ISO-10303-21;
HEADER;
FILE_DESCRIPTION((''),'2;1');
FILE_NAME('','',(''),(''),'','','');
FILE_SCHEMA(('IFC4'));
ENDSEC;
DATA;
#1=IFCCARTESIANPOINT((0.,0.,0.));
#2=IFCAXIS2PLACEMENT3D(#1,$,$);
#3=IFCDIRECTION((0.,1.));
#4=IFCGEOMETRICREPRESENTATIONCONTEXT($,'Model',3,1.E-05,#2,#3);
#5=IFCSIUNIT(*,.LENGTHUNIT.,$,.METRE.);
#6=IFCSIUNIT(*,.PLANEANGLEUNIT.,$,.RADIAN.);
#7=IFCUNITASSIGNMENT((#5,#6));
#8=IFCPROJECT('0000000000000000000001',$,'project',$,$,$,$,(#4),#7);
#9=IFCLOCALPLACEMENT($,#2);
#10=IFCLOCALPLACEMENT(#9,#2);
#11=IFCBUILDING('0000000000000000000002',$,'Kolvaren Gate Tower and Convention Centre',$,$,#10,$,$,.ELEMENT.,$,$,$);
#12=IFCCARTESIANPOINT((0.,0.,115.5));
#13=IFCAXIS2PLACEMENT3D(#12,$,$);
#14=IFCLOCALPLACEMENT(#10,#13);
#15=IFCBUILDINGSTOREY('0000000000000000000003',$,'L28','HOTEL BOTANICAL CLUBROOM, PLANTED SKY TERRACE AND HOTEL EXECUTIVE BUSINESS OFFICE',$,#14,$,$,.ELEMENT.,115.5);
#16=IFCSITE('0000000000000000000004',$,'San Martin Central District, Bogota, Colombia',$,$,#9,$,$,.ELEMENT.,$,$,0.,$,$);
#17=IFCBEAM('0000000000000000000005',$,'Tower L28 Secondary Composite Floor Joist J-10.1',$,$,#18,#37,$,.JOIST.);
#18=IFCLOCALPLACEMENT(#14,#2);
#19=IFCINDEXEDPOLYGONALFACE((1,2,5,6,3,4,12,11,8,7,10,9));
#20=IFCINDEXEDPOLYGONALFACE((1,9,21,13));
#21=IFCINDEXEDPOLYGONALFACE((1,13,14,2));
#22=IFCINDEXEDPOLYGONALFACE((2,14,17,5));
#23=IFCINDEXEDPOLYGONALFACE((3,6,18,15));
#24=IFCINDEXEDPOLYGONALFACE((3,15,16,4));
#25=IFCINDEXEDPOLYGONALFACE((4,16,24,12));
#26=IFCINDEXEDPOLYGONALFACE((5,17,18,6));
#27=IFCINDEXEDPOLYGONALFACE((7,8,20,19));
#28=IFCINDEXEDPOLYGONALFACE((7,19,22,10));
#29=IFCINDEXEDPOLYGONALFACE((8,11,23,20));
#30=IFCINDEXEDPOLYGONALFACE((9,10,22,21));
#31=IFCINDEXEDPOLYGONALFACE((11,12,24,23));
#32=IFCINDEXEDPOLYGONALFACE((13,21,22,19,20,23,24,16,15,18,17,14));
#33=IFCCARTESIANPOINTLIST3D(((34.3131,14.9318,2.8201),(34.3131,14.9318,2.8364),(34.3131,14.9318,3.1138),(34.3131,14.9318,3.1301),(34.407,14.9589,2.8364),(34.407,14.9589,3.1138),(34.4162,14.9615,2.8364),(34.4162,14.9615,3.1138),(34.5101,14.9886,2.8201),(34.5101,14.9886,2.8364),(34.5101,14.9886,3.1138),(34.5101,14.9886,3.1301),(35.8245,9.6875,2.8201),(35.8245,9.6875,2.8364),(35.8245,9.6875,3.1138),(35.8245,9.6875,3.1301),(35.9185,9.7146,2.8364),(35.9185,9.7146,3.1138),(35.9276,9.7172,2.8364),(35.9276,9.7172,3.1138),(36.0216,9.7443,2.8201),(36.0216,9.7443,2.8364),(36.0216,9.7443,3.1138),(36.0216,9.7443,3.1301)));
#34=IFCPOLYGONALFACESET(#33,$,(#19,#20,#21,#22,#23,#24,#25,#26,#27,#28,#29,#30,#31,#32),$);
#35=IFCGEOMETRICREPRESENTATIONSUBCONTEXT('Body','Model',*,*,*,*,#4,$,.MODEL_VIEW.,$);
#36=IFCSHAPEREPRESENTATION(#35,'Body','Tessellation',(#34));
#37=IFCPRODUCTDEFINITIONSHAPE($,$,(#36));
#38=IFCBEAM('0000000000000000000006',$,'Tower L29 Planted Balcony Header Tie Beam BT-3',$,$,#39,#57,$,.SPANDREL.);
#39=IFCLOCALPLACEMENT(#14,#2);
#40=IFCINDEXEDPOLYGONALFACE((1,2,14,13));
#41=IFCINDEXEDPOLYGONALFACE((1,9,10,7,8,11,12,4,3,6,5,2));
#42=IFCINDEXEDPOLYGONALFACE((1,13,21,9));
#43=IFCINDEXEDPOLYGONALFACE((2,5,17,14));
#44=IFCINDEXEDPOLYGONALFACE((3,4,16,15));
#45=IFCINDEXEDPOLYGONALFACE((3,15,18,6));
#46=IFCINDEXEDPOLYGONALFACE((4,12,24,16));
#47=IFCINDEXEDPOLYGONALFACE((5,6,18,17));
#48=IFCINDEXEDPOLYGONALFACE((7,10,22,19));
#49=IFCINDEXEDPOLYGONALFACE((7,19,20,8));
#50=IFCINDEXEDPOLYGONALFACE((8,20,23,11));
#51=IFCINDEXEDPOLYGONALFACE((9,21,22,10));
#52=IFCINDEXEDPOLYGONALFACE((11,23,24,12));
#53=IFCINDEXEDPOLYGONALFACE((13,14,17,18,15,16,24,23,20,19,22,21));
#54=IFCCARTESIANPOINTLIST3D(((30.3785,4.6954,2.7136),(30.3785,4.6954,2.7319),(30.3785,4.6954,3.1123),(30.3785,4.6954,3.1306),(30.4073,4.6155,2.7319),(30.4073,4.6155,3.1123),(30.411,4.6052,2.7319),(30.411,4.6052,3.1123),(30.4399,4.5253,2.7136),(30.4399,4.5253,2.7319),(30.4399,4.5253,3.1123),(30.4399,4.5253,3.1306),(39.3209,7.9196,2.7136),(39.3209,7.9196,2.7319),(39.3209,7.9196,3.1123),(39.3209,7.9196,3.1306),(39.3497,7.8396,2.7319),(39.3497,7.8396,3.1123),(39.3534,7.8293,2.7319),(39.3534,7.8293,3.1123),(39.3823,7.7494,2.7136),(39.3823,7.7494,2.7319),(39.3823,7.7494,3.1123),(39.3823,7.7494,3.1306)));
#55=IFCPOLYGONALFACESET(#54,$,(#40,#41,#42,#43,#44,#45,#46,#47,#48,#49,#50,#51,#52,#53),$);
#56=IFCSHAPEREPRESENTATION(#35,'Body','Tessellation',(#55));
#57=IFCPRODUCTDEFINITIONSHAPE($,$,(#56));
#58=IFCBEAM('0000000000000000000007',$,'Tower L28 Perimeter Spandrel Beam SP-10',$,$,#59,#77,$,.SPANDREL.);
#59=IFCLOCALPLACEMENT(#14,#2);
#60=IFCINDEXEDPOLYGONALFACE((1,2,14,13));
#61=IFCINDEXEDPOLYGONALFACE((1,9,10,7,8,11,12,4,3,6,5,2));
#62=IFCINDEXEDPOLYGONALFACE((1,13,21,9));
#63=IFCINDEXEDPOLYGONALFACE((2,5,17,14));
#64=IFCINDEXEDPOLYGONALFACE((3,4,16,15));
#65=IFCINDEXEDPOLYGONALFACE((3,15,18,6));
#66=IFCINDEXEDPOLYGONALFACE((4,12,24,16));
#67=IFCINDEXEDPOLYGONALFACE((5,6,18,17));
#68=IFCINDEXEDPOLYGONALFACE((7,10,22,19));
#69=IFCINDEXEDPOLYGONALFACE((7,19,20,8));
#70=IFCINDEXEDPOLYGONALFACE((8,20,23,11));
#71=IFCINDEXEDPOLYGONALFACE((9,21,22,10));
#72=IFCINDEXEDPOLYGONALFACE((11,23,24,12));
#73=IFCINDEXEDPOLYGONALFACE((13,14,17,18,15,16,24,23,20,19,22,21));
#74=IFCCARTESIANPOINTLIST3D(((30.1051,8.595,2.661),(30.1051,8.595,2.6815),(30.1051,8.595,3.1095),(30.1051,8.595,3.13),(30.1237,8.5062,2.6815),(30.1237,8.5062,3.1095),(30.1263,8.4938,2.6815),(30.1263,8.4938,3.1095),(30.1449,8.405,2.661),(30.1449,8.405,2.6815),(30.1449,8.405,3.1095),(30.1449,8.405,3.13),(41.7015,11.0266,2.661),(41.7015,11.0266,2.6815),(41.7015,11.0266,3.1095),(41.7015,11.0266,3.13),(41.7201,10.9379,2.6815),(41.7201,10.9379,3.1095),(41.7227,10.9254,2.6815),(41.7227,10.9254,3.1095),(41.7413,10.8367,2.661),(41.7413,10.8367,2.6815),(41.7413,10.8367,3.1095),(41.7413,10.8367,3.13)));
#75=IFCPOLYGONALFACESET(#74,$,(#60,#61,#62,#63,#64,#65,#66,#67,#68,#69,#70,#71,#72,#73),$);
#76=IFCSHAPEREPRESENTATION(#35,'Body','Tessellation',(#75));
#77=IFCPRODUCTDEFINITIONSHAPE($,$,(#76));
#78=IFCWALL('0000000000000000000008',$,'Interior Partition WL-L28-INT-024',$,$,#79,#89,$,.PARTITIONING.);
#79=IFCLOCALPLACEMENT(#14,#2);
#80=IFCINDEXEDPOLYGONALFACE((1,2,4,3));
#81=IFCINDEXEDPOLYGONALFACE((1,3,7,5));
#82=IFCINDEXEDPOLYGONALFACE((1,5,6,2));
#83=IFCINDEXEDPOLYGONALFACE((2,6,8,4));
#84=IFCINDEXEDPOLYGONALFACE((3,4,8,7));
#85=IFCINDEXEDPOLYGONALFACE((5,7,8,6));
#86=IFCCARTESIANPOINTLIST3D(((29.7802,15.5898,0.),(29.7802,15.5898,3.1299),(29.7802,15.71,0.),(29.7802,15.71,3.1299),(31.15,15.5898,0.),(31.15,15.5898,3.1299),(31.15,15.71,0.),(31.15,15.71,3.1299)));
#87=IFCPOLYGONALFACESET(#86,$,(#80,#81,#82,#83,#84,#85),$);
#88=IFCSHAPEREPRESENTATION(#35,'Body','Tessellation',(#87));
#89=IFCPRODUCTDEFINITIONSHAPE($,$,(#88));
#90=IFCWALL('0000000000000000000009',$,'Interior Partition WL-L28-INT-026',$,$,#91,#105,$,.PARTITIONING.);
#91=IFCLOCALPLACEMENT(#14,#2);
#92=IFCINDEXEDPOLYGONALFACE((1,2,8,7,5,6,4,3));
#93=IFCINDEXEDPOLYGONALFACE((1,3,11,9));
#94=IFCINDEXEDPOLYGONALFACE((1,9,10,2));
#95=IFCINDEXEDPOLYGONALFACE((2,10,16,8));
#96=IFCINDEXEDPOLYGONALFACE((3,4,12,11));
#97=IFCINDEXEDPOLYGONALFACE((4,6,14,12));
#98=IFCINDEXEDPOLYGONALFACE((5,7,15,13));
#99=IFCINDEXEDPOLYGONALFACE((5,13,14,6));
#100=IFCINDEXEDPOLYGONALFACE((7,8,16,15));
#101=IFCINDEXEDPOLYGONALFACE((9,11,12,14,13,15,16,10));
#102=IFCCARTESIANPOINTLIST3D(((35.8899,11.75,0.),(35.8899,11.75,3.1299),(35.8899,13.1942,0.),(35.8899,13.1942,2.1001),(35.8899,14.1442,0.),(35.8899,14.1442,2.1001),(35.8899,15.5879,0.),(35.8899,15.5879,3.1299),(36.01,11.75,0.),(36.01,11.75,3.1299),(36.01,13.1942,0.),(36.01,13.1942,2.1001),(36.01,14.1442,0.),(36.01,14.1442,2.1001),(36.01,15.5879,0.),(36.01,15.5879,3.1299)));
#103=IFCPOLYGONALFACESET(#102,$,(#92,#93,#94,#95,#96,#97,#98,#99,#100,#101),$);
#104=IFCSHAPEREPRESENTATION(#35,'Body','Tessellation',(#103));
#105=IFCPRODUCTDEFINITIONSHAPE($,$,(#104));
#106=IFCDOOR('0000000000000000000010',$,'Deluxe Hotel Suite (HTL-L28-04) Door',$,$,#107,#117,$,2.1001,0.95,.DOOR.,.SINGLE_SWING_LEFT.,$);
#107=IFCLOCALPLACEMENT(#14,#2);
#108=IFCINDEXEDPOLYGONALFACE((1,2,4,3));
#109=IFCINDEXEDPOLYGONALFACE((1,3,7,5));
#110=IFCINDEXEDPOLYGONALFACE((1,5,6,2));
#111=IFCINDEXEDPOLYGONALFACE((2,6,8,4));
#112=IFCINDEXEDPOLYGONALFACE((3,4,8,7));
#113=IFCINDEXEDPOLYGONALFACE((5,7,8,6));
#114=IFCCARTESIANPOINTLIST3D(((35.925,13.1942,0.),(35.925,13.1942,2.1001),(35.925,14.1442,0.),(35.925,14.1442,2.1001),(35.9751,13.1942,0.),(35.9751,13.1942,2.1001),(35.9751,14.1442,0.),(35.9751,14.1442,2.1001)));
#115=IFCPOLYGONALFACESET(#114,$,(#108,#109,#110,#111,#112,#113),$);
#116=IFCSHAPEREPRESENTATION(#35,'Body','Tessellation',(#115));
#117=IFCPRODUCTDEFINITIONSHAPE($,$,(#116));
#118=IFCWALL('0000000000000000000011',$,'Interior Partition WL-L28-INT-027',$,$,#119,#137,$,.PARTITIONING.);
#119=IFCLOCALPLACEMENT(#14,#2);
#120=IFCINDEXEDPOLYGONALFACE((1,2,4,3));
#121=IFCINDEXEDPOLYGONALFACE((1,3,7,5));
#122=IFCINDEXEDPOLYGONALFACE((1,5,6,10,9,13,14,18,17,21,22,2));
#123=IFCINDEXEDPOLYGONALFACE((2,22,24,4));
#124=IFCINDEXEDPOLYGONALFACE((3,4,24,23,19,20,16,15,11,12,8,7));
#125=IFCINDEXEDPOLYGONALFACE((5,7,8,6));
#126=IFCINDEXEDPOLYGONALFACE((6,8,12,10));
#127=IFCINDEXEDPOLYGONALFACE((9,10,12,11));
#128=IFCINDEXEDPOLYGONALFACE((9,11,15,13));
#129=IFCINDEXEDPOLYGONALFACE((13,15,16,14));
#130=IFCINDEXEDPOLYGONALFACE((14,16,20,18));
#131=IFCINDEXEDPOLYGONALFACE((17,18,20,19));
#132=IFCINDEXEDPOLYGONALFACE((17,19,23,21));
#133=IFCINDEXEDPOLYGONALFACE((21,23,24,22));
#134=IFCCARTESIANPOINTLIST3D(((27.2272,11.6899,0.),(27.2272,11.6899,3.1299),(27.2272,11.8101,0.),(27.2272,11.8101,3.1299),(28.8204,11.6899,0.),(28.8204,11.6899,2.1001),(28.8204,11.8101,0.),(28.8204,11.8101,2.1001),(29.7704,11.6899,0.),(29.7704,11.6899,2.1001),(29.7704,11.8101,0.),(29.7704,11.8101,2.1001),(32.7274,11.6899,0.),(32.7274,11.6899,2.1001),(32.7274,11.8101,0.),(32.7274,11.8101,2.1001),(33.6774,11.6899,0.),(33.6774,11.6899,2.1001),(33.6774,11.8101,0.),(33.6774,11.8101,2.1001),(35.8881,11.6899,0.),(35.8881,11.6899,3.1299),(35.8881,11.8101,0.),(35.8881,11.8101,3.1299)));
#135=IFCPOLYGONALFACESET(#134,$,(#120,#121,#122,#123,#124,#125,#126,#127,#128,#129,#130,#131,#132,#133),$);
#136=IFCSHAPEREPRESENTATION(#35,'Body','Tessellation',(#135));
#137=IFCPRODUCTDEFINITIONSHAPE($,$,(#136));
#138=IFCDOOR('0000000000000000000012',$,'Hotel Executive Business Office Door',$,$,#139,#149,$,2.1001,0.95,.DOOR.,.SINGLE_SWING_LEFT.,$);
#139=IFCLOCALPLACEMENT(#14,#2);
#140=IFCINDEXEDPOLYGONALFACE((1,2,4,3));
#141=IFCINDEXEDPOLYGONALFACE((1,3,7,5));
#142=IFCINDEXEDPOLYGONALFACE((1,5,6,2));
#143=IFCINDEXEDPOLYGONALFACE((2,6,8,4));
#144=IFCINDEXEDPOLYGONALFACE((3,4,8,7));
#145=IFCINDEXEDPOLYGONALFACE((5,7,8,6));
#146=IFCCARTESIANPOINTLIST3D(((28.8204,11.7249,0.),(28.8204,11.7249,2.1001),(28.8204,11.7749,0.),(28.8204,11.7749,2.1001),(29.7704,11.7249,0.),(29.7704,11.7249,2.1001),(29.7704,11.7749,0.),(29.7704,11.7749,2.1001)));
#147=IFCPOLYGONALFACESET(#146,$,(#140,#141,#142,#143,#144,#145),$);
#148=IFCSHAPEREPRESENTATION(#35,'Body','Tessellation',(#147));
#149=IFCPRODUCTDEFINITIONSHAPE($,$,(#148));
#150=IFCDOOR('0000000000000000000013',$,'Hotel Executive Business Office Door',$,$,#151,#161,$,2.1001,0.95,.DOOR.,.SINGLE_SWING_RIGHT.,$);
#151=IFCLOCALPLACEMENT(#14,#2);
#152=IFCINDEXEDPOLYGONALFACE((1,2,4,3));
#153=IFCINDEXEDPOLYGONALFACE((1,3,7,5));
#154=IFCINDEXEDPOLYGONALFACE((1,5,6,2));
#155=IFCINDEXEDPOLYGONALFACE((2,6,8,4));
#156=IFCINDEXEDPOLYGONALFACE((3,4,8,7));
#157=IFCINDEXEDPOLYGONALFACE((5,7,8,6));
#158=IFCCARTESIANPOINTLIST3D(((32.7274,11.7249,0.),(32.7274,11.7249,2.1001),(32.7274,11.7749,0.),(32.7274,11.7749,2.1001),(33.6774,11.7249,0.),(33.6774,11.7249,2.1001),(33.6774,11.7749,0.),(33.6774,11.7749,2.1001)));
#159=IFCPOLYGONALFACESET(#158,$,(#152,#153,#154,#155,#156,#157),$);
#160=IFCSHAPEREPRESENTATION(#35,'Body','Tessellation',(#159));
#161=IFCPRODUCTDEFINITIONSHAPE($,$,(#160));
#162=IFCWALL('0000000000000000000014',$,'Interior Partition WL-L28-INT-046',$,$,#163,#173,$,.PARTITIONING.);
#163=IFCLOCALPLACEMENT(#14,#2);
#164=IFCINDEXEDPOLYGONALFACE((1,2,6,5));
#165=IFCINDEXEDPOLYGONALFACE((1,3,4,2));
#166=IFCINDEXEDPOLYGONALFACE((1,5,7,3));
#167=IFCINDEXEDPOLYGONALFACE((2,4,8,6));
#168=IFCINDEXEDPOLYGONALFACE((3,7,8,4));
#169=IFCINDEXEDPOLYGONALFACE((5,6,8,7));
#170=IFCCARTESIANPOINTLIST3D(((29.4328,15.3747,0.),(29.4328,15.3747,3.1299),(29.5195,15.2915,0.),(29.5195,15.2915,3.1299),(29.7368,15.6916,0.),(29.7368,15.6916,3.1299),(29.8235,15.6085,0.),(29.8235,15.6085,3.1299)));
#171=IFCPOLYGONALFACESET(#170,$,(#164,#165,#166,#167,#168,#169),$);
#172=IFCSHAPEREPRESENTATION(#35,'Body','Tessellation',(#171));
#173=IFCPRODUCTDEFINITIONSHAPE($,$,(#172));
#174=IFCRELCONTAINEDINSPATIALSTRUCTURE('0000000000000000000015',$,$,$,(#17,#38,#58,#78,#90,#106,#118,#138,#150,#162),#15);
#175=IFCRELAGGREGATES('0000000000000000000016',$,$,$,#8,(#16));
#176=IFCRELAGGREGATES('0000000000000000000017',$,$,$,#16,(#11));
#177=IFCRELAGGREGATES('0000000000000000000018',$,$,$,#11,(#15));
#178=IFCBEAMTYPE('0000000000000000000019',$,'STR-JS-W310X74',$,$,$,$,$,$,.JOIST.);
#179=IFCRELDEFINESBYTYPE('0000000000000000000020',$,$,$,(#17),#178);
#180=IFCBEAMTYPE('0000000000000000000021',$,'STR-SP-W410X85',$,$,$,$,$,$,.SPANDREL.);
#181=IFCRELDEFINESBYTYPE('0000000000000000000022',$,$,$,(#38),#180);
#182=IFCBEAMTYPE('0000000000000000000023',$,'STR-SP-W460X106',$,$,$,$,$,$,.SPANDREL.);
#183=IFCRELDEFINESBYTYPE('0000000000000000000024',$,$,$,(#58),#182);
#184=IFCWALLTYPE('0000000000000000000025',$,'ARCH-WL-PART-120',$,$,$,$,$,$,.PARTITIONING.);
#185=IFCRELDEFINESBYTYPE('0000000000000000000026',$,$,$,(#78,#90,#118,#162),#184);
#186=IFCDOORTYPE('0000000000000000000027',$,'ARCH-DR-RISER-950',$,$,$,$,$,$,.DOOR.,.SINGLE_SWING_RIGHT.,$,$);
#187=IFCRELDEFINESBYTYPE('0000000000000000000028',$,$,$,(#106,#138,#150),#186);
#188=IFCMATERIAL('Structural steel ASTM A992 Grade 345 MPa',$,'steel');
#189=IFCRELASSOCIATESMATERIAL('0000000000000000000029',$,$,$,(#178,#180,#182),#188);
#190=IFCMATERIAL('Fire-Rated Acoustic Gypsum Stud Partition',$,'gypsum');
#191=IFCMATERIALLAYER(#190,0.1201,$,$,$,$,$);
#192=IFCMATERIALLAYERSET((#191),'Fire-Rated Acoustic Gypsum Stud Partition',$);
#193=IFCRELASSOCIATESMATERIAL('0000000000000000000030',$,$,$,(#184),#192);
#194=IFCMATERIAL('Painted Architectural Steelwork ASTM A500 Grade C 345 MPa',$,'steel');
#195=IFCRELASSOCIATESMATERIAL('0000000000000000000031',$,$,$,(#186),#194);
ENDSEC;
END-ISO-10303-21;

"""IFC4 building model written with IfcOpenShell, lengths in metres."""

from ifc_helpers import new_model, si_unit, direction, frame, frame_2d, origin, origin_2d, place, context, subcontext, project, spatial, rectangle, i_section, extrude, material, layer, layer_set, material_profile, profile_set, type_object, element, fill, save


model = new_model("IFC4")

# Units and contexts
model_context = context("Model", 3, precision=1e-05, world=origin(), true_north=direction((0.0, 1.0)))
body_context = subcontext(model_context, "Body", "Model", "MODEL_VIEW")
ifc_project = project(units=[si_unit("LENGTHUNIT", "METRE"), si_unit("PLANEANGLEUNIT", "RADIAN")], contexts=[model_context])

# Site, building, storey
site_placement = place(None, origin())
site = spatial("IfcSite", under=ifc_project, at=site_placement, Name="San Martin Central District, Bogota, Colombia", CompositionType="ELEMENT", RefElevation=0.0)
building_placement = place(site_placement, origin())
building = spatial("IfcBuilding", under=site, at=building_placement, Name="Kolvaren Gate Tower and Convention Centre", CompositionType="ELEMENT")
storey_placement = place(building_placement, frame((0.0, 0.0, 115.5)))
storey = spatial("IfcBuildingStorey", under=building, at=storey_placement, Name="L28", Description="HOTEL BOTANICAL CLUBROOM, PLANTED SKY TERRACE AND HOTEL EXECUTIVE BUSINESS OFFICE", CompositionType="ELEMENT", Elevation=115.5)

# Beams
ifc_material_1 = material(Name="Structural steel ASTM A992 Grade 345 MPa", Category="steel")
ifc_material_profile_1 = material_profile(ifc_material_1, i_section(OverallWidth=0.2051, OverallDepth=0.3101, WebThickness=0.0095, FlangeThickness=0.0164, at=origin_2d()), Name="W310X74")
ifc_profile_set_1 = profile_set([ifc_material_profile_1], Name="Structural steel ASTM A992 Grade 345 MPa")
beam_type_1 = type_object("IfcBeamType", Name="STR-JS-W310X74", PredefinedType="JOIST", material=ifc_profile_set_1)
beam_1_placement = place(storey_placement, frame((34.4116, 14.9602, 2.9751), z_axis=(0.276936, -0.960888, 0.0), x_axis=(0.960888, 0.276936, 0.0)))
element("IfcBeam", 1, at=beam_1_placement, inside=storey, type_object=beam_type_1, Name="Tower L28 Secondary Composite Floor Joist J-10.1", PredefinedType="JOIST", context=body_context, shape_type="SweptSolid", body=[
    extrude(i_section(OverallWidth=0.2051, OverallDepth=0.3101, WebThickness=0.0095, FlangeThickness=0.0164, at=origin_2d()), origin(), (0.0, 0.0, 1.0), 5.4578),
])
ifc_material_profile_2 = material_profile(ifc_material_1, i_section(OverallWidth=0.1809, OverallDepth=0.417, WebThickness=0.011, FlangeThickness=0.0183, at=origin_2d()), Name="W410X85")
ifc_profile_set_2 = profile_set([ifc_material_profile_2], Name="Structural steel ASTM A992 Grade 345 MPa")
beam_type_2 = type_object("IfcBeamType", Name="STR-SP-W410X85", PredefinedType="SPANDREL", material=ifc_profile_set_2)
beam_2_placement = place(storey_placement, frame((30.4092, 4.6104, 2.9221), z_axis=(0.940724, 0.339172, 0.0), x_axis=(-0.339172, 0.940724, 0.0)))
element("IfcBeam", 2, at=beam_2_placement, inside=storey, type_object=beam_type_2, Name="Tower L29 Planted Balcony Header Tie Beam BT-3", PredefinedType="SPANDREL", context=body_context, shape_type="SweptSolid", body=[
    extrude(i_section(OverallWidth=0.1809, OverallDepth=0.417, WebThickness=0.011, FlangeThickness=0.0183, at=origin_2d()), origin(), (0.0, 0.0, 1.0), 9.5059),
])
ifc_material_profile_3 = material_profile(ifc_material_1, i_section(OverallWidth=0.1941, OverallDepth=0.469, WebThickness=0.0127, FlangeThickness=0.0205, at=origin_2d()), Name="W460X106")
ifc_profile_set_3 = profile_set([ifc_material_profile_3], Name="Structural steel ASTM A992 Grade 345 MPa")
beam_type_3 = type_object("IfcBeamType", Name="STR-SP-W460X106", PredefinedType="SPANDREL", material=ifc_profile_set_3)
beam_3_placement = place(storey_placement, frame((30.125, 8.5, 2.8955), z_axis=(0.978715, 0.205225, 0.0), x_axis=(-0.205225, 0.978715, 0.0)))
element("IfcBeam", 3, at=beam_3_placement, inside=storey, type_object=beam_type_3, Name="Tower L28 Perimeter Spandrel Beam SP-10", PredefinedType="SPANDREL", context=body_context, shape_type="SweptSolid", body=[
    extrude(i_section(OverallWidth=0.1941, OverallDepth=0.469, WebThickness=0.0127, FlangeThickness=0.0205, at=origin_2d()), origin(), (0.0, 0.0, 1.0), 11.8486),
])

# Wall
ifc_material_2 = material(Name="Fire-Rated Acoustic Gypsum Stud Partition", Category="gypsum")
ifc_layer_1 = layer(ifc_material_2, 0.1201)
ifc_layer_set_1 = layer_set([ifc_layer_1], Name="Fire-Rated Acoustic Gypsum Stud Partition")
wall_type_1 = type_object("IfcWallType", Name="ARCH-WL-PART-120", PredefinedType="PARTITIONING", material=ifc_layer_set_1)
wall_1_placement = place(storey_placement, frame((29.78, 15.6499, 0.0), z_axis=(0.0, 0.0, 1.0), x_axis=(1.0, 0.0, 0.0)))
element("IfcWall", 4, at=wall_1_placement, inside=storey, type_object=wall_type_1, Name="Interior Partition WL-L28-INT-024", PredefinedType="PARTITIONING", context=body_context, shape_type="SweptSolid", body=[
    extrude(rectangle(XDim=1.3699, YDim=0.1201, at=frame_2d((0.6851, 0.0))), origin(), (0.0, 0.0, 1.0), 3.1299),
])

# Wall, opening, door
wall_2_placement = place(storey_placement, frame((35.95, 11.75, 0.0), z_axis=(0.0, 0.0, 1.0), x_axis=(0.0, 1.0, 0.0)))
wall_2 = element("IfcWall", 5, at=wall_2_placement, inside=storey, type_object=wall_type_1, Name="Interior Partition WL-L28-INT-026", PredefinedType="PARTITIONING", context=body_context, shape_type="SweptSolid", body=[
    extrude(rectangle(XDim=3.8379, YDim=0.1201, at=frame_2d((1.9189, 0.0))), origin(), (0.0, 0.0, 1.0), 3.1299),
])
opening_1_placement = place(wall_2_placement, frame((1.4441, 0.0, 0.0)))
opening_1 = element("IfcOpeningElement", 6, at=opening_1_placement, cuts=wall_2, PredefinedType="OPENING", context=body_context, shape_type="SweptSolid", body=[
    extrude(rectangle(XDim=0.95, YDim=2.1001, at=frame_2d((0.4751, 1.05))), frame((0.0, 0.0701, 0.0), z_axis=(0.0, -1.0, 0.0), x_axis=(1.0, 0.0, 0.0)), (0.0, 0.0, 1.0), 0.1401),
])
ifc_material_3 = material(Name="Painted Architectural Steelwork ASTM A500 Grade C 345 MPa", Category="steel")
door_type = type_object("IfcDoorType", Name="ARCH-DR-RISER-950", OperationType="SINGLE_SWING_RIGHT", PredefinedType="DOOR", material=ifc_material_3)
door_1_placement = place(opening_1_placement, origin())
door_1 = element("IfcDoor", 7, at=door_1_placement, inside=storey, type_object=door_type, Name="Deluxe Hotel Suite (HTL-L28-04) Door", OperationType="SINGLE_SWING_LEFT", OverallHeight=2.1001, OverallWidth=0.95, PredefinedType="DOOR", context=body_context, shape_type="SweptSolid", body=[
    extrude(rectangle(XDim=0.95, YDim=2.1001, at=frame_2d((0.4751, 1.05))), frame((0.0, 0.0249, 0.0), z_axis=(0.0, -1.0, 0.0), x_axis=(1.0, 0.0, 0.0)), (0.0, 0.0, 1.0), 0.05),
])
fill(opening_1, door_1)

# Wall, openings, doors
wall_3_placement = place(storey_placement, frame((27.2271, 11.75, 0.0), z_axis=(0.0, 0.0, 1.0), x_axis=(1.0, 0.0, 0.0)))
wall_3 = element("IfcWall", 8, at=wall_3_placement, inside=storey, type_object=wall_type_1, Name="Interior Partition WL-L28-INT-027", PredefinedType="PARTITIONING", context=body_context, shape_type="SweptSolid", body=[
    extrude(rectangle(XDim=8.6609, YDim=0.1201, at=frame_2d((4.3306, 0.0))), origin(), (0.0, 0.0, 1.0), 3.1299),
])
opening_2_placement = place(wall_3_placement, frame((1.5933, 0.0, 0.0)))
opening_2 = element("IfcOpeningElement", 9, at=opening_2_placement, cuts=wall_3, PredefinedType="OPENING", context=body_context, shape_type="SweptSolid", body=[
    extrude(rectangle(XDim=0.95, YDim=2.1001, at=frame_2d((0.4751, 1.05))), frame((0.0, 0.0701, 0.0), z_axis=(0.0, -1.0, 0.0), x_axis=(1.0, 0.0, 0.0)), (0.0, 0.0, 1.0), 0.1401),
])
opening_3_placement = place(wall_3_placement, frame((5.5002, 0.0, 0.0)))
opening_3 = element("IfcOpeningElement", 10, at=opening_3_placement, cuts=wall_3, PredefinedType="OPENING", context=body_context, shape_type="SweptSolid", body=[
    extrude(rectangle(XDim=0.95, YDim=2.1001, at=frame_2d((0.4751, 1.05))), frame((0.0, 0.0701, 0.0), z_axis=(0.0, -1.0, 0.0), x_axis=(1.0, 0.0, 0.0)), (0.0, 0.0, 1.0), 0.1401),
])
door_2_placement = place(opening_2_placement, origin())
door_2 = element("IfcDoor", 11, at=door_2_placement, inside=storey, type_object=door_type, Name="Hotel Executive Business Office Door", OperationType="SINGLE_SWING_LEFT", OverallHeight=2.1001, OverallWidth=0.95, PredefinedType="DOOR", context=body_context, shape_type="SweptSolid", body=[
    extrude(rectangle(XDim=0.95, YDim=2.1001, at=frame_2d((0.4751, 1.05))), frame((0.0, 0.0249, 0.0), z_axis=(0.0, -1.0, 0.0), x_axis=(1.0, 0.0, 0.0)), (0.0, 0.0, 1.0), 0.05),
])
fill(opening_2, door_2)
door_3_placement = place(opening_3_placement, origin())
door_3 = element("IfcDoor", 12, at=door_3_placement, inside=storey, type_object=door_type, Name="Hotel Executive Business Office Door", OperationType="SINGLE_SWING_RIGHT", OverallHeight=2.1001, OverallWidth=0.95, PredefinedType="DOOR", context=body_context, shape_type="SweptSolid", body=[
    extrude(rectangle(XDim=0.95, YDim=2.1001, at=frame_2d((0.4751, 1.05))), frame((0.0, 0.0249, 0.0), z_axis=(0.0, -1.0, 0.0), x_axis=(1.0, 0.0, 0.0)), (0.0, 0.0, 1.0), 0.05),
])
fill(opening_3, door_3)

# Wall
wall_4_placement = place(storey_placement, frame((29.4761, 15.333, 0.0), z_axis=(0.0, 0.0, 1.0), x_axis=(0.692219, 0.721687, 0.0)))
element("IfcWall", 13, at=wall_4_placement, inside=storey, type_object=wall_type_1, Name="Interior Partition WL-L28-INT-046", PredefinedType="PARTITIONING", context=body_context, shape_type="SweptSolid", body=[
    extrude(rectangle(XDim=0.4392, YDim=0.1201, at=frame_2d((0.2197, 0.0))), origin(), (0.0, 0.0, 1.0), 3.1299),
])

save(model, "model.ifc")
